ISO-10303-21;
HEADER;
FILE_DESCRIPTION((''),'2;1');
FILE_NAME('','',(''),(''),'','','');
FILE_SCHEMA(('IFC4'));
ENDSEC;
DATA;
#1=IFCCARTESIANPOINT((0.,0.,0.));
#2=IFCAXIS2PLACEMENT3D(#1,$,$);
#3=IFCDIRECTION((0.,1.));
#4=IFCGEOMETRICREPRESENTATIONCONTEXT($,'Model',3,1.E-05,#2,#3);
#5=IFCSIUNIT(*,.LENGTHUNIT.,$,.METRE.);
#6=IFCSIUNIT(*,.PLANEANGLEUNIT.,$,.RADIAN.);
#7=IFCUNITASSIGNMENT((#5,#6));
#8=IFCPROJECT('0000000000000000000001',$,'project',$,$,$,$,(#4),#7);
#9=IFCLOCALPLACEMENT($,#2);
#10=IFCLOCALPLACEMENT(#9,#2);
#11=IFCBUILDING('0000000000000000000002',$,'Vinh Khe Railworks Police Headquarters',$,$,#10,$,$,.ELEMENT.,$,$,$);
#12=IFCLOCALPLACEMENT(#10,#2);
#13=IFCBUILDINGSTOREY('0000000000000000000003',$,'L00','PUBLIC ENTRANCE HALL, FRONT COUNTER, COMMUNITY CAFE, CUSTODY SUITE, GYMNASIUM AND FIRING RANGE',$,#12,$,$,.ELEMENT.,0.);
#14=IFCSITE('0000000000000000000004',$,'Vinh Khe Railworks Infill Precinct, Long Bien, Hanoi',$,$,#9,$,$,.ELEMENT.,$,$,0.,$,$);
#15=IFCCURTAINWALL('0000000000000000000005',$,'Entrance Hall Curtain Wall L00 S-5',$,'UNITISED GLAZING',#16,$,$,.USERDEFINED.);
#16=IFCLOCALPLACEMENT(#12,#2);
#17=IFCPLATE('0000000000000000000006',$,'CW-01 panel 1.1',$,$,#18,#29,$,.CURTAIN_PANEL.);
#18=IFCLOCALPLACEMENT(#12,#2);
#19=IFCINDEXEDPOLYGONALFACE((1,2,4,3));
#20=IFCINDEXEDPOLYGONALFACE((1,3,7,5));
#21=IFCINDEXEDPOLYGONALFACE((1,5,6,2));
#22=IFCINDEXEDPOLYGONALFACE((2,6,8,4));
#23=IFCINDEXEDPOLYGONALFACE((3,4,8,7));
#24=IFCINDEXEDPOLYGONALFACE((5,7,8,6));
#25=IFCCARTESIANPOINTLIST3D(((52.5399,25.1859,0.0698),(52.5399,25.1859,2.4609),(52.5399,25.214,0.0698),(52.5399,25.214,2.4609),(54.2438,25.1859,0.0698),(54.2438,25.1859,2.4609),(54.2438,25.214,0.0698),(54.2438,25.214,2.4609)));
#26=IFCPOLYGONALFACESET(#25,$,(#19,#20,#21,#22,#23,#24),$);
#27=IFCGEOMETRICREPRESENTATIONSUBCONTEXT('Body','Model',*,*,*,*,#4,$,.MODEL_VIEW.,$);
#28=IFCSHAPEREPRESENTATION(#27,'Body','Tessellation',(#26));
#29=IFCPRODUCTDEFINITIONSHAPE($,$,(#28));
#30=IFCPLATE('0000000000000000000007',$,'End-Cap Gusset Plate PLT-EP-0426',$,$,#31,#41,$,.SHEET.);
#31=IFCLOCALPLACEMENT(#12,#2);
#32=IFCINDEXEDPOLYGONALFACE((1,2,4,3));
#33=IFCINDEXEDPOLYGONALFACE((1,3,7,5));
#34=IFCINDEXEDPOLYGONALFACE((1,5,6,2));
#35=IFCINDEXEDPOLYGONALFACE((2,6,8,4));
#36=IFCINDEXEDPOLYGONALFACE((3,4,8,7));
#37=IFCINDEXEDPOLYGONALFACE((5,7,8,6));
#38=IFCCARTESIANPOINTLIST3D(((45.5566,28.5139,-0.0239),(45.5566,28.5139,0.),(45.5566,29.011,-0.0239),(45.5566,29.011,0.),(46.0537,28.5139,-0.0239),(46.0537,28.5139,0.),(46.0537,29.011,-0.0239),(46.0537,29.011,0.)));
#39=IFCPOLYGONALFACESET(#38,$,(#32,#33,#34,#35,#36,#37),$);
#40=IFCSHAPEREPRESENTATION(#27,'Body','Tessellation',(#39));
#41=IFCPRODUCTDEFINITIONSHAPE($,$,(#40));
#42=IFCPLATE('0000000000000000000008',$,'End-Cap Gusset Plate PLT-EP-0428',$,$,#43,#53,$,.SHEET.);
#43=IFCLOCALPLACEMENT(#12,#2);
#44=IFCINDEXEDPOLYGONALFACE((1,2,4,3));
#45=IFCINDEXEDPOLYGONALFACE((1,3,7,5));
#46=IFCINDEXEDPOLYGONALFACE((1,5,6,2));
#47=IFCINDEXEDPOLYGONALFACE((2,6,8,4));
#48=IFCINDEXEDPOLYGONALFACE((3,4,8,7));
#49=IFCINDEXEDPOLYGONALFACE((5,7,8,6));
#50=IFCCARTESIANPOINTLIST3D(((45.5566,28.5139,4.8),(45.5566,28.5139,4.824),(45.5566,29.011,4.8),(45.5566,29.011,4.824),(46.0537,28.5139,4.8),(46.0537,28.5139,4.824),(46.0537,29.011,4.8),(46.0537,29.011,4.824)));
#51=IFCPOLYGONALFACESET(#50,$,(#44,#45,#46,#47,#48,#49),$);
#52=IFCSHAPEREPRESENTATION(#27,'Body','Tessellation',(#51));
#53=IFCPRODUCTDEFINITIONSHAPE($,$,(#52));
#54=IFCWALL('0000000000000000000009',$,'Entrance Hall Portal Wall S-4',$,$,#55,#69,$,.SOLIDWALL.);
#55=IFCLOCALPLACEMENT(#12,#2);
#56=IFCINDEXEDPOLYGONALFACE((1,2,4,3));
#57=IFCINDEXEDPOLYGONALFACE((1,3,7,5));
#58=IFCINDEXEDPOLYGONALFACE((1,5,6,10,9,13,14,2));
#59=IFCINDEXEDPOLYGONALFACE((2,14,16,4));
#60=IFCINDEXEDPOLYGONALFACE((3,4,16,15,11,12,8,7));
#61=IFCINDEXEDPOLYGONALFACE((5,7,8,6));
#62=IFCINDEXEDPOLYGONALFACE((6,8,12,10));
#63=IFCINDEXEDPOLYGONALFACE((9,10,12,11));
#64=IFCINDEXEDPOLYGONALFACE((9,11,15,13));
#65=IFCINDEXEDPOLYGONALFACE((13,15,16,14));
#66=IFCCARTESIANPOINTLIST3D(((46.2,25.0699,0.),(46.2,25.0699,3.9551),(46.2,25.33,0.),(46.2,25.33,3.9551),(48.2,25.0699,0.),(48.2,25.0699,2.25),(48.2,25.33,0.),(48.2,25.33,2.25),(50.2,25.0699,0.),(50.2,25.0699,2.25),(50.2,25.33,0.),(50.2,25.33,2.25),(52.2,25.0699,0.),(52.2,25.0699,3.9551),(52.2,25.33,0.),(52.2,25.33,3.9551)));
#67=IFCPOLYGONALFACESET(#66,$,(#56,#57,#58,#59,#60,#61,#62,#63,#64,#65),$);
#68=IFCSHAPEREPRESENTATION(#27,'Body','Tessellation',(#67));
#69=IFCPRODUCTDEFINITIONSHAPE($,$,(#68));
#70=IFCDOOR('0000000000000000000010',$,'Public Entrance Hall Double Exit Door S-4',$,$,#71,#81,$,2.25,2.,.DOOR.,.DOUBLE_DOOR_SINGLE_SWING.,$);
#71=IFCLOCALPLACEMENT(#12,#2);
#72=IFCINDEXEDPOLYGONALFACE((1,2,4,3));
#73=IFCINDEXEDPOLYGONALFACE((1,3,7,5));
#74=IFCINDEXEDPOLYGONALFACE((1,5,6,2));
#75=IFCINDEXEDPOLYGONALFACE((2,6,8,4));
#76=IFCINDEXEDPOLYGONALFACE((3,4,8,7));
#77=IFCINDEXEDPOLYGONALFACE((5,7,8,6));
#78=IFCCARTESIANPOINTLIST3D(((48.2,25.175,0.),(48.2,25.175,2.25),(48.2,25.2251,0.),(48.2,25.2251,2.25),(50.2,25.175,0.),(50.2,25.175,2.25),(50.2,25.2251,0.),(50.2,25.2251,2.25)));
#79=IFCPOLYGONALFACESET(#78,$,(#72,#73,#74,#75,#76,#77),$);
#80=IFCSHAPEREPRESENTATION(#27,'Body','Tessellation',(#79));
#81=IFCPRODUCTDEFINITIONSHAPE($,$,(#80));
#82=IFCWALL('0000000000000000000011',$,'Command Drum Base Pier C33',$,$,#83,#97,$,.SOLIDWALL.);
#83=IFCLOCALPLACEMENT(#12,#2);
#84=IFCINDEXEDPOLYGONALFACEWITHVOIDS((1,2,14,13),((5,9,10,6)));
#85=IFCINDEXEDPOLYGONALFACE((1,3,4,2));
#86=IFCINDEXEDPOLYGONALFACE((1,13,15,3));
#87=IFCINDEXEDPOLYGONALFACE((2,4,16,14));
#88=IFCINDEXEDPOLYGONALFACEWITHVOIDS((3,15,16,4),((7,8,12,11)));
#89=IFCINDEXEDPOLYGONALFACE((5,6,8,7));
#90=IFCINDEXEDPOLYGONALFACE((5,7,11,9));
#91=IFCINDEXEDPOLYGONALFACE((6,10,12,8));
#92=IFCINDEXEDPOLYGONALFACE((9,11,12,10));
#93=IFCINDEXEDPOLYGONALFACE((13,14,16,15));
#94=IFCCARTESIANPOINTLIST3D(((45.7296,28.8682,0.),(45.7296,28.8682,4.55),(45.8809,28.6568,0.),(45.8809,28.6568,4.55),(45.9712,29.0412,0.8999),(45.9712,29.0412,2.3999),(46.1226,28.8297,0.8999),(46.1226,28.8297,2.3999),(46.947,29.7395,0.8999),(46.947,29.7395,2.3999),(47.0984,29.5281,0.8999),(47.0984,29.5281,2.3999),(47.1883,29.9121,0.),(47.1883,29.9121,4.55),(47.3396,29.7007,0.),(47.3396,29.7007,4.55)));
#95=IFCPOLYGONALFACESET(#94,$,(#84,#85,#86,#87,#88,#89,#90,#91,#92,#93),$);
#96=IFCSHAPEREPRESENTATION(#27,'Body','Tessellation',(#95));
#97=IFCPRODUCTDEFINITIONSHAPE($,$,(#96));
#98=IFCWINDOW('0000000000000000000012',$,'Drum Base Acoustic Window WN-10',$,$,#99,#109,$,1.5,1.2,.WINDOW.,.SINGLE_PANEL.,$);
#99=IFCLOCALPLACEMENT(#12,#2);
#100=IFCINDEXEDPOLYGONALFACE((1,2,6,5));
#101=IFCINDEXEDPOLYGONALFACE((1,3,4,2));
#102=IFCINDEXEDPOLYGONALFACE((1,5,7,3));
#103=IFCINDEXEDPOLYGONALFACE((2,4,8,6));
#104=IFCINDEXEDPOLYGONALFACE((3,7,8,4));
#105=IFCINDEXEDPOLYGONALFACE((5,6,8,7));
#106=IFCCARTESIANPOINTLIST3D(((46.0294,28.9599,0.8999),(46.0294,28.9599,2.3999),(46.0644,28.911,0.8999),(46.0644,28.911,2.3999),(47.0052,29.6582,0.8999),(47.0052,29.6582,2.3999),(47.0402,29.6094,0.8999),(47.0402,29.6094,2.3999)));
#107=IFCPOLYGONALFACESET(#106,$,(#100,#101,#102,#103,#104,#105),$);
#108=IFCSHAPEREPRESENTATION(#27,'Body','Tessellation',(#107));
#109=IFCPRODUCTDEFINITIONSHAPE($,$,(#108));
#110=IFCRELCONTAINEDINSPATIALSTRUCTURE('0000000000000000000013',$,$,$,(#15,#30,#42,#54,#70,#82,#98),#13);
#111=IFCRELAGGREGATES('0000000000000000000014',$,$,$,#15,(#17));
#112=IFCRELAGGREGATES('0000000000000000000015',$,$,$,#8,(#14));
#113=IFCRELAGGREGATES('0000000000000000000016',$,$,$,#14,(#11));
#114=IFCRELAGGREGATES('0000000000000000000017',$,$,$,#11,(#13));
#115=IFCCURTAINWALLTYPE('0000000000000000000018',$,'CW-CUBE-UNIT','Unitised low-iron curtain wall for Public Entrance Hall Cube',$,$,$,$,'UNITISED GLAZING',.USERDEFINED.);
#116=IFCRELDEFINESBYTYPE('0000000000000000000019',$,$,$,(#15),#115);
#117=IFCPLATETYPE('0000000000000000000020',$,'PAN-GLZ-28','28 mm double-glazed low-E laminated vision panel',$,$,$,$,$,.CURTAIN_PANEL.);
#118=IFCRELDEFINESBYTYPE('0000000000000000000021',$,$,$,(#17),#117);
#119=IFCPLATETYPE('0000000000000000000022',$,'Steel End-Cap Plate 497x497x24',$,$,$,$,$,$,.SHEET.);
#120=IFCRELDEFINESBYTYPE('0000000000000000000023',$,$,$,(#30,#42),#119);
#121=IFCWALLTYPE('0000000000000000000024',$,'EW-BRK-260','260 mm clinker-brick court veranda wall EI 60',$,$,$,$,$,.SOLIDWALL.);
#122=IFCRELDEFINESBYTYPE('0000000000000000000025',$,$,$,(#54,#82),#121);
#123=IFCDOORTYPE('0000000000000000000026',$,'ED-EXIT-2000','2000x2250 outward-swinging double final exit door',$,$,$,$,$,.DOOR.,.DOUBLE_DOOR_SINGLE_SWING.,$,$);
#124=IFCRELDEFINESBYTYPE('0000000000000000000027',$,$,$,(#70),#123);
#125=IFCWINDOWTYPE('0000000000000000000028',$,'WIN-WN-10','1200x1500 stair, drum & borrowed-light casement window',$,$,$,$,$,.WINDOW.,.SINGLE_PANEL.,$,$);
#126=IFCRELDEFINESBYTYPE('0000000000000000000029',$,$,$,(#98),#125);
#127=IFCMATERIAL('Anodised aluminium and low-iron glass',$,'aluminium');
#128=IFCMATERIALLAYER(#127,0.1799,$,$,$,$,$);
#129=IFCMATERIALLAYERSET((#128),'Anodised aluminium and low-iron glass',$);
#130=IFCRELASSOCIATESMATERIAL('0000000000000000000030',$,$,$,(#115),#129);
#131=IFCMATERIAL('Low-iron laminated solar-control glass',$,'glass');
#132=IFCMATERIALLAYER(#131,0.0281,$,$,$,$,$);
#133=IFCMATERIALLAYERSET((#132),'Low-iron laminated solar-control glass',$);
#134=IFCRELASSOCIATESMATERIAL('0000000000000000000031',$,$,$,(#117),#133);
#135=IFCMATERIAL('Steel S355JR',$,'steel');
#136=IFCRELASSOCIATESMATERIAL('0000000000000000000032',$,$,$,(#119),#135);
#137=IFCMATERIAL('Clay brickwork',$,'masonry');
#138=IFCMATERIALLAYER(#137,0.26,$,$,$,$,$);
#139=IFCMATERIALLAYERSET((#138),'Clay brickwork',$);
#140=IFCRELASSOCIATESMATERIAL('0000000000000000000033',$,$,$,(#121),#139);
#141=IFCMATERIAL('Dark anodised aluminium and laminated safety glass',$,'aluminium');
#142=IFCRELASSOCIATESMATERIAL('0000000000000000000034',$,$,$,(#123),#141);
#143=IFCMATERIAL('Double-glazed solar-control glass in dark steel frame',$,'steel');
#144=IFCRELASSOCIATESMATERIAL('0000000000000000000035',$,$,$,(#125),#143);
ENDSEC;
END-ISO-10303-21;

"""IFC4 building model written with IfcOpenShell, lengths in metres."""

from ifc_helpers import new_model, si_unit, direction, frame, frame_2d, origin, origin_2d, place, context, subcontext, project, spatial, rectangle, extrude, material, layer, layer_set, material_profile, profile_set, type_object, element, fill, aggregate, save


model = new_model("IFC4")

# Units and contexts
model_context = context("Model", 3, precision=1e-05, world=origin(), true_north=direction((0.0, 1.0)))
body_context = subcontext(model_context, "Body", "Model", "MODEL_VIEW")
ifc_project = project(units=[si_unit("LENGTHUNIT", "METRE"), si_unit("PLANEANGLEUNIT", "RADIAN")], contexts=[model_context])

# Site, building, storey
site_placement = place(None, origin())
site = spatial("IfcSite", under=ifc_project, at=site_placement, Name="Vinh Khe Railworks Infill Precinct, Long Bien, Hanoi", CompositionType="ELEMENT", RefElevation=0.0)
building_placement = place(site_placement, origin())
building = spatial("IfcBuilding", under=site, at=building_placement, Name="Vinh Khe Railworks Police Headquarters", CompositionType="ELEMENT")
storey_placement = place(building_placement, origin())
storey = spatial("IfcBuildingStorey", under=building, at=storey_placement, Name="L00", Description="PUBLIC ENTRANCE HALL, FRONT COUNTER, COMMUNITY CAFE, CUSTODY SUITE, GYMNASIUM AND FIRING RANGE", CompositionType="ELEMENT", Elevation=0.0)

# Shared definitions
ifc_material_1 = material(Name="Steel S355JR", Category="steel")

# Curtain wall
ifc_material_2 = material(Name="Anodised aluminium and low-iron glass", Category="aluminium")
ifc_layer_1 = layer(ifc_material_2, 0.1799)
ifc_layer_set_1 = layer_set([ifc_layer_1], Name="Anodised aluminium and low-iron glass")
curtain_wall_type_1 = type_object("IfcCurtainWallType", Name="CW-CUBE-UNIT", Description="Unitised low-iron curtain wall for Public Entrance Hall Cube", ElementType="UNITISED GLAZING", PredefinedType="USERDEFINED", material=ifc_layer_set_1)
curtain_wall_1_placement = place(storey_placement, origin())
curtain_wall_1 = element("IfcCurtainWall", 1, at=curtain_wall_1_placement, inside=storey, type_object=curtain_wall_type_1, Name="Entrance Hall Curtain Wall L00 S-5", ObjectType="UNITISED GLAZING", PredefinedType="USERDEFINED")

# Plate
ifc_material_3 = material(Name="Low-iron laminated solar-control glass", Category="glass")
ifc_layer_2 = layer(ifc_material_3, 0.0281)
ifc_layer_set_2 = layer_set([ifc_layer_2], Name="Low-iron laminated solar-control glass")
plate_type_1 = type_object("IfcPlateType", Name="PAN-GLZ-28", Description="28 mm double-glazed low-E laminated vision panel", PredefinedType="CURTAIN_PANEL", material=ifc_layer_set_2)
plate_1_placement = place(storey_placement, frame((53.3918, 25.2, 0.0698), z_axis=(0.0, 0.0, 1.0), x_axis=(1.0, 0.0, 0.0)))
plate_1 = element("IfcPlate", 2, at=plate_1_placement, type_object=plate_type_1, Name="CW-01 panel 1.1", PredefinedType="CURTAIN_PANEL", context=body_context, shape_type="SweptSolid", body=[
    extrude(rectangle(XDim=1.7039, YDim=0.0281, at=origin_2d()), origin(), (0.0, 0.0, 1.0), 2.3911),
])
aggregate(curtain_wall_1, [plate_1])

# Plates
ifc_material_profile_1 = material_profile(ifc_material_1, rectangle(XDim=0.4971, YDim=0.4971, at=origin_2d()), Name="PL 497x497")
ifc_profile_set_1 = profile_set([ifc_material_profile_1], Name="Steel S355JR")
plate_type_2 = type_object("IfcPlateType", Name="Steel End-Cap Plate 497x497x24", PredefinedType="SHEET", material=ifc_profile_set_1)
for number, where, z_axis, x_axis, name in (
    (3, (45.8052, 28.7625, 0.0), (0.0, 0.0, -1.0), (1.0, 0.0, 0.0), "End-Cap Gusset Plate PLT-EP-0426"),
    (4, (45.8052, 28.7625, 4.8), (0.0, 0.0, 1.0), (1.0, 0.0, 0.0), "End-Cap Gusset Plate PLT-EP-0428"),
):
    element("IfcPlate", number, at=place(storey_placement, frame(where, z_axis=z_axis, x_axis=x_axis)), inside=storey, type_object=plate_type_2, Name=name, PredefinedType="SHEET", context=body_context, shape_type="SweptSolid", body=[
        extrude(rectangle(XDim=0.4971, YDim=0.4971, at=origin_2d()), origin(), (0.0, 0.0, 1.0), 0.0239),
    ])

# Wall, opening, door
ifc_material_4 = material(Name="Clay brickwork", Category="masonry")
ifc_layer_3 = layer(ifc_material_4, 0.26)
ifc_layer_set_3 = layer_set([ifc_layer_3], Name="Clay brickwork")
wall_type = type_object("IfcWallType", Name="EW-BRK-260", Description="260 mm clinker-brick court veranda wall EI 60", PredefinedType="SOLIDWALL", material=ifc_layer_set_3)
wall_1_placement = place(storey_placement, frame((46.2, 25.2, 0.0), z_axis=(0.0, 0.0, 1.0), x_axis=(1.0, 0.0, 0.0)))
wall_1 = element("IfcWall", 5, at=wall_1_placement, inside=storey, type_object=wall_type, Name="Entrance Hall Portal Wall S-4", PredefinedType="SOLIDWALL", context=body_context, shape_type="SweptSolid", body=[
    extrude(rectangle(XDim=6.0, YDim=0.26, at=frame_2d((3.0, 0.0))), origin(), (0.0, 0.0, 1.0), 3.9551),
])
opening_1_placement = place(wall_1_placement, frame((2.0, 0.0, 0.0)))
opening_1 = element("IfcOpeningElement", 6, at=opening_1_placement, cuts=wall_1, PredefinedType="OPENING", context=body_context, shape_type="SweptSolid", body=[
    extrude(rectangle(XDim=2.0, YDim=2.25, at=frame_2d((1.0, 1.125))), frame((0.0, 0.145, 0.0), z_axis=(0.0, -1.0, 0.0), x_axis=(1.0, 0.0, 0.0)), (0.0, 0.0, 1.0), 0.2898),
])
ifc_material_5 = material(Name="Dark anodised aluminium and laminated safety glass", Category="aluminium")
door_type = type_object("IfcDoorType", Name="ED-EXIT-2000", Description="2000x2250 outward-swinging double final exit door", OperationType="DOUBLE_DOOR_SINGLE_SWING", PredefinedType="DOOR", material=ifc_material_5)
door_placement = place(opening_1_placement, frame((2.0, 0.0, 0.0), z_axis=(0.0, 0.0, 1.0), x_axis=(-1.0, 0.0, 0.0)))
door = element("IfcDoor", 7, at=door_placement, inside=storey, type_object=door_type, Name="Public Entrance Hall Double Exit Door S-4", OperationType="DOUBLE_DOOR_SINGLE_SWING", OverallHeight=2.25, OverallWidth=2.0, PredefinedType="DOOR", context=body_context, shape_type="SweptSolid", body=[
    extrude(rectangle(XDim=2.0, YDim=2.25, at=frame_2d((1.0, 1.125))), frame((0.0, 0.0249, 0.0), z_axis=(0.0, -1.0, 0.0), x_axis=(1.0, 0.0, 0.0)), (0.0, 0.0, 1.0), 0.05),
])
fill(opening_1, door)

# Wall, opening, window
wall_2_placement = place(storey_placement, frame((45.8052, 28.7625, 0.0), z_axis=(0.0, 0.0, 1.0), x_axis=(0.813209, 0.581972, 0.0)))
wall_2 = element("IfcWall", 8, at=wall_2_placement, inside=storey, type_object=wall_type, Name="Command Drum Base Pier C33", PredefinedType="SOLIDWALL", context=body_context, shape_type="SweptSolid", body=[
    extrude(rectangle(XDim=1.7937, YDim=0.26, at=frame_2d((0.897, 0.0))), origin(), (0.0, 0.0, 1.0), 4.55),
])
opening_2_placement = place(wall_2_placement, frame((0.2971, 0.0, 0.8999)))
opening_2 = element("IfcOpeningElement", 9, at=opening_2_placement, cuts=wall_2, PredefinedType="OPENING", context=body_context, shape_type="SweptSolid", body=[
    extrude(rectangle(XDim=1.2, YDim=1.5, at=frame_2d((0.6001, 0.75))), frame((0.0, 0.145, 0.0), z_axis=(0.0, -1.0, 0.0), x_axis=(1.0, 0.0, 0.0)), (0.0, 0.0, 1.0), 0.2898),
])
ifc_material_6 = material(Name="Double-glazed solar-control glass in dark steel frame", Category="steel")
window_type = type_object("IfcWindowType", Name="WIN-WN-10", Description="1200x1500 stair, drum & borrowed-light casement window", PartitioningType="SINGLE_PANEL", PredefinedType="WINDOW", material=ifc_material_6)
window_placement = place(opening_2_placement, origin())
window = element("IfcWindow", 10, at=window_placement, inside=storey, type_object=window_type, Name="Drum Base Acoustic Window WN-10", OverallHeight=1.5, OverallWidth=1.2, PartitioningType="SINGLE_PANEL", PredefinedType="WINDOW", context=body_context, shape_type="SweptSolid", body=[
    extrude(rectangle(XDim=1.2, YDim=1.5, at=frame_2d((0.6001, 0.75))), frame((0.0, 0.03, 0.0), z_axis=(0.0, -1.0, 0.0), x_axis=(1.0, 0.0, 0.0)), (0.0, 0.0, 1.0), 0.0601),
])
fill(opening_2, window)

save(model, "model.ifc")
